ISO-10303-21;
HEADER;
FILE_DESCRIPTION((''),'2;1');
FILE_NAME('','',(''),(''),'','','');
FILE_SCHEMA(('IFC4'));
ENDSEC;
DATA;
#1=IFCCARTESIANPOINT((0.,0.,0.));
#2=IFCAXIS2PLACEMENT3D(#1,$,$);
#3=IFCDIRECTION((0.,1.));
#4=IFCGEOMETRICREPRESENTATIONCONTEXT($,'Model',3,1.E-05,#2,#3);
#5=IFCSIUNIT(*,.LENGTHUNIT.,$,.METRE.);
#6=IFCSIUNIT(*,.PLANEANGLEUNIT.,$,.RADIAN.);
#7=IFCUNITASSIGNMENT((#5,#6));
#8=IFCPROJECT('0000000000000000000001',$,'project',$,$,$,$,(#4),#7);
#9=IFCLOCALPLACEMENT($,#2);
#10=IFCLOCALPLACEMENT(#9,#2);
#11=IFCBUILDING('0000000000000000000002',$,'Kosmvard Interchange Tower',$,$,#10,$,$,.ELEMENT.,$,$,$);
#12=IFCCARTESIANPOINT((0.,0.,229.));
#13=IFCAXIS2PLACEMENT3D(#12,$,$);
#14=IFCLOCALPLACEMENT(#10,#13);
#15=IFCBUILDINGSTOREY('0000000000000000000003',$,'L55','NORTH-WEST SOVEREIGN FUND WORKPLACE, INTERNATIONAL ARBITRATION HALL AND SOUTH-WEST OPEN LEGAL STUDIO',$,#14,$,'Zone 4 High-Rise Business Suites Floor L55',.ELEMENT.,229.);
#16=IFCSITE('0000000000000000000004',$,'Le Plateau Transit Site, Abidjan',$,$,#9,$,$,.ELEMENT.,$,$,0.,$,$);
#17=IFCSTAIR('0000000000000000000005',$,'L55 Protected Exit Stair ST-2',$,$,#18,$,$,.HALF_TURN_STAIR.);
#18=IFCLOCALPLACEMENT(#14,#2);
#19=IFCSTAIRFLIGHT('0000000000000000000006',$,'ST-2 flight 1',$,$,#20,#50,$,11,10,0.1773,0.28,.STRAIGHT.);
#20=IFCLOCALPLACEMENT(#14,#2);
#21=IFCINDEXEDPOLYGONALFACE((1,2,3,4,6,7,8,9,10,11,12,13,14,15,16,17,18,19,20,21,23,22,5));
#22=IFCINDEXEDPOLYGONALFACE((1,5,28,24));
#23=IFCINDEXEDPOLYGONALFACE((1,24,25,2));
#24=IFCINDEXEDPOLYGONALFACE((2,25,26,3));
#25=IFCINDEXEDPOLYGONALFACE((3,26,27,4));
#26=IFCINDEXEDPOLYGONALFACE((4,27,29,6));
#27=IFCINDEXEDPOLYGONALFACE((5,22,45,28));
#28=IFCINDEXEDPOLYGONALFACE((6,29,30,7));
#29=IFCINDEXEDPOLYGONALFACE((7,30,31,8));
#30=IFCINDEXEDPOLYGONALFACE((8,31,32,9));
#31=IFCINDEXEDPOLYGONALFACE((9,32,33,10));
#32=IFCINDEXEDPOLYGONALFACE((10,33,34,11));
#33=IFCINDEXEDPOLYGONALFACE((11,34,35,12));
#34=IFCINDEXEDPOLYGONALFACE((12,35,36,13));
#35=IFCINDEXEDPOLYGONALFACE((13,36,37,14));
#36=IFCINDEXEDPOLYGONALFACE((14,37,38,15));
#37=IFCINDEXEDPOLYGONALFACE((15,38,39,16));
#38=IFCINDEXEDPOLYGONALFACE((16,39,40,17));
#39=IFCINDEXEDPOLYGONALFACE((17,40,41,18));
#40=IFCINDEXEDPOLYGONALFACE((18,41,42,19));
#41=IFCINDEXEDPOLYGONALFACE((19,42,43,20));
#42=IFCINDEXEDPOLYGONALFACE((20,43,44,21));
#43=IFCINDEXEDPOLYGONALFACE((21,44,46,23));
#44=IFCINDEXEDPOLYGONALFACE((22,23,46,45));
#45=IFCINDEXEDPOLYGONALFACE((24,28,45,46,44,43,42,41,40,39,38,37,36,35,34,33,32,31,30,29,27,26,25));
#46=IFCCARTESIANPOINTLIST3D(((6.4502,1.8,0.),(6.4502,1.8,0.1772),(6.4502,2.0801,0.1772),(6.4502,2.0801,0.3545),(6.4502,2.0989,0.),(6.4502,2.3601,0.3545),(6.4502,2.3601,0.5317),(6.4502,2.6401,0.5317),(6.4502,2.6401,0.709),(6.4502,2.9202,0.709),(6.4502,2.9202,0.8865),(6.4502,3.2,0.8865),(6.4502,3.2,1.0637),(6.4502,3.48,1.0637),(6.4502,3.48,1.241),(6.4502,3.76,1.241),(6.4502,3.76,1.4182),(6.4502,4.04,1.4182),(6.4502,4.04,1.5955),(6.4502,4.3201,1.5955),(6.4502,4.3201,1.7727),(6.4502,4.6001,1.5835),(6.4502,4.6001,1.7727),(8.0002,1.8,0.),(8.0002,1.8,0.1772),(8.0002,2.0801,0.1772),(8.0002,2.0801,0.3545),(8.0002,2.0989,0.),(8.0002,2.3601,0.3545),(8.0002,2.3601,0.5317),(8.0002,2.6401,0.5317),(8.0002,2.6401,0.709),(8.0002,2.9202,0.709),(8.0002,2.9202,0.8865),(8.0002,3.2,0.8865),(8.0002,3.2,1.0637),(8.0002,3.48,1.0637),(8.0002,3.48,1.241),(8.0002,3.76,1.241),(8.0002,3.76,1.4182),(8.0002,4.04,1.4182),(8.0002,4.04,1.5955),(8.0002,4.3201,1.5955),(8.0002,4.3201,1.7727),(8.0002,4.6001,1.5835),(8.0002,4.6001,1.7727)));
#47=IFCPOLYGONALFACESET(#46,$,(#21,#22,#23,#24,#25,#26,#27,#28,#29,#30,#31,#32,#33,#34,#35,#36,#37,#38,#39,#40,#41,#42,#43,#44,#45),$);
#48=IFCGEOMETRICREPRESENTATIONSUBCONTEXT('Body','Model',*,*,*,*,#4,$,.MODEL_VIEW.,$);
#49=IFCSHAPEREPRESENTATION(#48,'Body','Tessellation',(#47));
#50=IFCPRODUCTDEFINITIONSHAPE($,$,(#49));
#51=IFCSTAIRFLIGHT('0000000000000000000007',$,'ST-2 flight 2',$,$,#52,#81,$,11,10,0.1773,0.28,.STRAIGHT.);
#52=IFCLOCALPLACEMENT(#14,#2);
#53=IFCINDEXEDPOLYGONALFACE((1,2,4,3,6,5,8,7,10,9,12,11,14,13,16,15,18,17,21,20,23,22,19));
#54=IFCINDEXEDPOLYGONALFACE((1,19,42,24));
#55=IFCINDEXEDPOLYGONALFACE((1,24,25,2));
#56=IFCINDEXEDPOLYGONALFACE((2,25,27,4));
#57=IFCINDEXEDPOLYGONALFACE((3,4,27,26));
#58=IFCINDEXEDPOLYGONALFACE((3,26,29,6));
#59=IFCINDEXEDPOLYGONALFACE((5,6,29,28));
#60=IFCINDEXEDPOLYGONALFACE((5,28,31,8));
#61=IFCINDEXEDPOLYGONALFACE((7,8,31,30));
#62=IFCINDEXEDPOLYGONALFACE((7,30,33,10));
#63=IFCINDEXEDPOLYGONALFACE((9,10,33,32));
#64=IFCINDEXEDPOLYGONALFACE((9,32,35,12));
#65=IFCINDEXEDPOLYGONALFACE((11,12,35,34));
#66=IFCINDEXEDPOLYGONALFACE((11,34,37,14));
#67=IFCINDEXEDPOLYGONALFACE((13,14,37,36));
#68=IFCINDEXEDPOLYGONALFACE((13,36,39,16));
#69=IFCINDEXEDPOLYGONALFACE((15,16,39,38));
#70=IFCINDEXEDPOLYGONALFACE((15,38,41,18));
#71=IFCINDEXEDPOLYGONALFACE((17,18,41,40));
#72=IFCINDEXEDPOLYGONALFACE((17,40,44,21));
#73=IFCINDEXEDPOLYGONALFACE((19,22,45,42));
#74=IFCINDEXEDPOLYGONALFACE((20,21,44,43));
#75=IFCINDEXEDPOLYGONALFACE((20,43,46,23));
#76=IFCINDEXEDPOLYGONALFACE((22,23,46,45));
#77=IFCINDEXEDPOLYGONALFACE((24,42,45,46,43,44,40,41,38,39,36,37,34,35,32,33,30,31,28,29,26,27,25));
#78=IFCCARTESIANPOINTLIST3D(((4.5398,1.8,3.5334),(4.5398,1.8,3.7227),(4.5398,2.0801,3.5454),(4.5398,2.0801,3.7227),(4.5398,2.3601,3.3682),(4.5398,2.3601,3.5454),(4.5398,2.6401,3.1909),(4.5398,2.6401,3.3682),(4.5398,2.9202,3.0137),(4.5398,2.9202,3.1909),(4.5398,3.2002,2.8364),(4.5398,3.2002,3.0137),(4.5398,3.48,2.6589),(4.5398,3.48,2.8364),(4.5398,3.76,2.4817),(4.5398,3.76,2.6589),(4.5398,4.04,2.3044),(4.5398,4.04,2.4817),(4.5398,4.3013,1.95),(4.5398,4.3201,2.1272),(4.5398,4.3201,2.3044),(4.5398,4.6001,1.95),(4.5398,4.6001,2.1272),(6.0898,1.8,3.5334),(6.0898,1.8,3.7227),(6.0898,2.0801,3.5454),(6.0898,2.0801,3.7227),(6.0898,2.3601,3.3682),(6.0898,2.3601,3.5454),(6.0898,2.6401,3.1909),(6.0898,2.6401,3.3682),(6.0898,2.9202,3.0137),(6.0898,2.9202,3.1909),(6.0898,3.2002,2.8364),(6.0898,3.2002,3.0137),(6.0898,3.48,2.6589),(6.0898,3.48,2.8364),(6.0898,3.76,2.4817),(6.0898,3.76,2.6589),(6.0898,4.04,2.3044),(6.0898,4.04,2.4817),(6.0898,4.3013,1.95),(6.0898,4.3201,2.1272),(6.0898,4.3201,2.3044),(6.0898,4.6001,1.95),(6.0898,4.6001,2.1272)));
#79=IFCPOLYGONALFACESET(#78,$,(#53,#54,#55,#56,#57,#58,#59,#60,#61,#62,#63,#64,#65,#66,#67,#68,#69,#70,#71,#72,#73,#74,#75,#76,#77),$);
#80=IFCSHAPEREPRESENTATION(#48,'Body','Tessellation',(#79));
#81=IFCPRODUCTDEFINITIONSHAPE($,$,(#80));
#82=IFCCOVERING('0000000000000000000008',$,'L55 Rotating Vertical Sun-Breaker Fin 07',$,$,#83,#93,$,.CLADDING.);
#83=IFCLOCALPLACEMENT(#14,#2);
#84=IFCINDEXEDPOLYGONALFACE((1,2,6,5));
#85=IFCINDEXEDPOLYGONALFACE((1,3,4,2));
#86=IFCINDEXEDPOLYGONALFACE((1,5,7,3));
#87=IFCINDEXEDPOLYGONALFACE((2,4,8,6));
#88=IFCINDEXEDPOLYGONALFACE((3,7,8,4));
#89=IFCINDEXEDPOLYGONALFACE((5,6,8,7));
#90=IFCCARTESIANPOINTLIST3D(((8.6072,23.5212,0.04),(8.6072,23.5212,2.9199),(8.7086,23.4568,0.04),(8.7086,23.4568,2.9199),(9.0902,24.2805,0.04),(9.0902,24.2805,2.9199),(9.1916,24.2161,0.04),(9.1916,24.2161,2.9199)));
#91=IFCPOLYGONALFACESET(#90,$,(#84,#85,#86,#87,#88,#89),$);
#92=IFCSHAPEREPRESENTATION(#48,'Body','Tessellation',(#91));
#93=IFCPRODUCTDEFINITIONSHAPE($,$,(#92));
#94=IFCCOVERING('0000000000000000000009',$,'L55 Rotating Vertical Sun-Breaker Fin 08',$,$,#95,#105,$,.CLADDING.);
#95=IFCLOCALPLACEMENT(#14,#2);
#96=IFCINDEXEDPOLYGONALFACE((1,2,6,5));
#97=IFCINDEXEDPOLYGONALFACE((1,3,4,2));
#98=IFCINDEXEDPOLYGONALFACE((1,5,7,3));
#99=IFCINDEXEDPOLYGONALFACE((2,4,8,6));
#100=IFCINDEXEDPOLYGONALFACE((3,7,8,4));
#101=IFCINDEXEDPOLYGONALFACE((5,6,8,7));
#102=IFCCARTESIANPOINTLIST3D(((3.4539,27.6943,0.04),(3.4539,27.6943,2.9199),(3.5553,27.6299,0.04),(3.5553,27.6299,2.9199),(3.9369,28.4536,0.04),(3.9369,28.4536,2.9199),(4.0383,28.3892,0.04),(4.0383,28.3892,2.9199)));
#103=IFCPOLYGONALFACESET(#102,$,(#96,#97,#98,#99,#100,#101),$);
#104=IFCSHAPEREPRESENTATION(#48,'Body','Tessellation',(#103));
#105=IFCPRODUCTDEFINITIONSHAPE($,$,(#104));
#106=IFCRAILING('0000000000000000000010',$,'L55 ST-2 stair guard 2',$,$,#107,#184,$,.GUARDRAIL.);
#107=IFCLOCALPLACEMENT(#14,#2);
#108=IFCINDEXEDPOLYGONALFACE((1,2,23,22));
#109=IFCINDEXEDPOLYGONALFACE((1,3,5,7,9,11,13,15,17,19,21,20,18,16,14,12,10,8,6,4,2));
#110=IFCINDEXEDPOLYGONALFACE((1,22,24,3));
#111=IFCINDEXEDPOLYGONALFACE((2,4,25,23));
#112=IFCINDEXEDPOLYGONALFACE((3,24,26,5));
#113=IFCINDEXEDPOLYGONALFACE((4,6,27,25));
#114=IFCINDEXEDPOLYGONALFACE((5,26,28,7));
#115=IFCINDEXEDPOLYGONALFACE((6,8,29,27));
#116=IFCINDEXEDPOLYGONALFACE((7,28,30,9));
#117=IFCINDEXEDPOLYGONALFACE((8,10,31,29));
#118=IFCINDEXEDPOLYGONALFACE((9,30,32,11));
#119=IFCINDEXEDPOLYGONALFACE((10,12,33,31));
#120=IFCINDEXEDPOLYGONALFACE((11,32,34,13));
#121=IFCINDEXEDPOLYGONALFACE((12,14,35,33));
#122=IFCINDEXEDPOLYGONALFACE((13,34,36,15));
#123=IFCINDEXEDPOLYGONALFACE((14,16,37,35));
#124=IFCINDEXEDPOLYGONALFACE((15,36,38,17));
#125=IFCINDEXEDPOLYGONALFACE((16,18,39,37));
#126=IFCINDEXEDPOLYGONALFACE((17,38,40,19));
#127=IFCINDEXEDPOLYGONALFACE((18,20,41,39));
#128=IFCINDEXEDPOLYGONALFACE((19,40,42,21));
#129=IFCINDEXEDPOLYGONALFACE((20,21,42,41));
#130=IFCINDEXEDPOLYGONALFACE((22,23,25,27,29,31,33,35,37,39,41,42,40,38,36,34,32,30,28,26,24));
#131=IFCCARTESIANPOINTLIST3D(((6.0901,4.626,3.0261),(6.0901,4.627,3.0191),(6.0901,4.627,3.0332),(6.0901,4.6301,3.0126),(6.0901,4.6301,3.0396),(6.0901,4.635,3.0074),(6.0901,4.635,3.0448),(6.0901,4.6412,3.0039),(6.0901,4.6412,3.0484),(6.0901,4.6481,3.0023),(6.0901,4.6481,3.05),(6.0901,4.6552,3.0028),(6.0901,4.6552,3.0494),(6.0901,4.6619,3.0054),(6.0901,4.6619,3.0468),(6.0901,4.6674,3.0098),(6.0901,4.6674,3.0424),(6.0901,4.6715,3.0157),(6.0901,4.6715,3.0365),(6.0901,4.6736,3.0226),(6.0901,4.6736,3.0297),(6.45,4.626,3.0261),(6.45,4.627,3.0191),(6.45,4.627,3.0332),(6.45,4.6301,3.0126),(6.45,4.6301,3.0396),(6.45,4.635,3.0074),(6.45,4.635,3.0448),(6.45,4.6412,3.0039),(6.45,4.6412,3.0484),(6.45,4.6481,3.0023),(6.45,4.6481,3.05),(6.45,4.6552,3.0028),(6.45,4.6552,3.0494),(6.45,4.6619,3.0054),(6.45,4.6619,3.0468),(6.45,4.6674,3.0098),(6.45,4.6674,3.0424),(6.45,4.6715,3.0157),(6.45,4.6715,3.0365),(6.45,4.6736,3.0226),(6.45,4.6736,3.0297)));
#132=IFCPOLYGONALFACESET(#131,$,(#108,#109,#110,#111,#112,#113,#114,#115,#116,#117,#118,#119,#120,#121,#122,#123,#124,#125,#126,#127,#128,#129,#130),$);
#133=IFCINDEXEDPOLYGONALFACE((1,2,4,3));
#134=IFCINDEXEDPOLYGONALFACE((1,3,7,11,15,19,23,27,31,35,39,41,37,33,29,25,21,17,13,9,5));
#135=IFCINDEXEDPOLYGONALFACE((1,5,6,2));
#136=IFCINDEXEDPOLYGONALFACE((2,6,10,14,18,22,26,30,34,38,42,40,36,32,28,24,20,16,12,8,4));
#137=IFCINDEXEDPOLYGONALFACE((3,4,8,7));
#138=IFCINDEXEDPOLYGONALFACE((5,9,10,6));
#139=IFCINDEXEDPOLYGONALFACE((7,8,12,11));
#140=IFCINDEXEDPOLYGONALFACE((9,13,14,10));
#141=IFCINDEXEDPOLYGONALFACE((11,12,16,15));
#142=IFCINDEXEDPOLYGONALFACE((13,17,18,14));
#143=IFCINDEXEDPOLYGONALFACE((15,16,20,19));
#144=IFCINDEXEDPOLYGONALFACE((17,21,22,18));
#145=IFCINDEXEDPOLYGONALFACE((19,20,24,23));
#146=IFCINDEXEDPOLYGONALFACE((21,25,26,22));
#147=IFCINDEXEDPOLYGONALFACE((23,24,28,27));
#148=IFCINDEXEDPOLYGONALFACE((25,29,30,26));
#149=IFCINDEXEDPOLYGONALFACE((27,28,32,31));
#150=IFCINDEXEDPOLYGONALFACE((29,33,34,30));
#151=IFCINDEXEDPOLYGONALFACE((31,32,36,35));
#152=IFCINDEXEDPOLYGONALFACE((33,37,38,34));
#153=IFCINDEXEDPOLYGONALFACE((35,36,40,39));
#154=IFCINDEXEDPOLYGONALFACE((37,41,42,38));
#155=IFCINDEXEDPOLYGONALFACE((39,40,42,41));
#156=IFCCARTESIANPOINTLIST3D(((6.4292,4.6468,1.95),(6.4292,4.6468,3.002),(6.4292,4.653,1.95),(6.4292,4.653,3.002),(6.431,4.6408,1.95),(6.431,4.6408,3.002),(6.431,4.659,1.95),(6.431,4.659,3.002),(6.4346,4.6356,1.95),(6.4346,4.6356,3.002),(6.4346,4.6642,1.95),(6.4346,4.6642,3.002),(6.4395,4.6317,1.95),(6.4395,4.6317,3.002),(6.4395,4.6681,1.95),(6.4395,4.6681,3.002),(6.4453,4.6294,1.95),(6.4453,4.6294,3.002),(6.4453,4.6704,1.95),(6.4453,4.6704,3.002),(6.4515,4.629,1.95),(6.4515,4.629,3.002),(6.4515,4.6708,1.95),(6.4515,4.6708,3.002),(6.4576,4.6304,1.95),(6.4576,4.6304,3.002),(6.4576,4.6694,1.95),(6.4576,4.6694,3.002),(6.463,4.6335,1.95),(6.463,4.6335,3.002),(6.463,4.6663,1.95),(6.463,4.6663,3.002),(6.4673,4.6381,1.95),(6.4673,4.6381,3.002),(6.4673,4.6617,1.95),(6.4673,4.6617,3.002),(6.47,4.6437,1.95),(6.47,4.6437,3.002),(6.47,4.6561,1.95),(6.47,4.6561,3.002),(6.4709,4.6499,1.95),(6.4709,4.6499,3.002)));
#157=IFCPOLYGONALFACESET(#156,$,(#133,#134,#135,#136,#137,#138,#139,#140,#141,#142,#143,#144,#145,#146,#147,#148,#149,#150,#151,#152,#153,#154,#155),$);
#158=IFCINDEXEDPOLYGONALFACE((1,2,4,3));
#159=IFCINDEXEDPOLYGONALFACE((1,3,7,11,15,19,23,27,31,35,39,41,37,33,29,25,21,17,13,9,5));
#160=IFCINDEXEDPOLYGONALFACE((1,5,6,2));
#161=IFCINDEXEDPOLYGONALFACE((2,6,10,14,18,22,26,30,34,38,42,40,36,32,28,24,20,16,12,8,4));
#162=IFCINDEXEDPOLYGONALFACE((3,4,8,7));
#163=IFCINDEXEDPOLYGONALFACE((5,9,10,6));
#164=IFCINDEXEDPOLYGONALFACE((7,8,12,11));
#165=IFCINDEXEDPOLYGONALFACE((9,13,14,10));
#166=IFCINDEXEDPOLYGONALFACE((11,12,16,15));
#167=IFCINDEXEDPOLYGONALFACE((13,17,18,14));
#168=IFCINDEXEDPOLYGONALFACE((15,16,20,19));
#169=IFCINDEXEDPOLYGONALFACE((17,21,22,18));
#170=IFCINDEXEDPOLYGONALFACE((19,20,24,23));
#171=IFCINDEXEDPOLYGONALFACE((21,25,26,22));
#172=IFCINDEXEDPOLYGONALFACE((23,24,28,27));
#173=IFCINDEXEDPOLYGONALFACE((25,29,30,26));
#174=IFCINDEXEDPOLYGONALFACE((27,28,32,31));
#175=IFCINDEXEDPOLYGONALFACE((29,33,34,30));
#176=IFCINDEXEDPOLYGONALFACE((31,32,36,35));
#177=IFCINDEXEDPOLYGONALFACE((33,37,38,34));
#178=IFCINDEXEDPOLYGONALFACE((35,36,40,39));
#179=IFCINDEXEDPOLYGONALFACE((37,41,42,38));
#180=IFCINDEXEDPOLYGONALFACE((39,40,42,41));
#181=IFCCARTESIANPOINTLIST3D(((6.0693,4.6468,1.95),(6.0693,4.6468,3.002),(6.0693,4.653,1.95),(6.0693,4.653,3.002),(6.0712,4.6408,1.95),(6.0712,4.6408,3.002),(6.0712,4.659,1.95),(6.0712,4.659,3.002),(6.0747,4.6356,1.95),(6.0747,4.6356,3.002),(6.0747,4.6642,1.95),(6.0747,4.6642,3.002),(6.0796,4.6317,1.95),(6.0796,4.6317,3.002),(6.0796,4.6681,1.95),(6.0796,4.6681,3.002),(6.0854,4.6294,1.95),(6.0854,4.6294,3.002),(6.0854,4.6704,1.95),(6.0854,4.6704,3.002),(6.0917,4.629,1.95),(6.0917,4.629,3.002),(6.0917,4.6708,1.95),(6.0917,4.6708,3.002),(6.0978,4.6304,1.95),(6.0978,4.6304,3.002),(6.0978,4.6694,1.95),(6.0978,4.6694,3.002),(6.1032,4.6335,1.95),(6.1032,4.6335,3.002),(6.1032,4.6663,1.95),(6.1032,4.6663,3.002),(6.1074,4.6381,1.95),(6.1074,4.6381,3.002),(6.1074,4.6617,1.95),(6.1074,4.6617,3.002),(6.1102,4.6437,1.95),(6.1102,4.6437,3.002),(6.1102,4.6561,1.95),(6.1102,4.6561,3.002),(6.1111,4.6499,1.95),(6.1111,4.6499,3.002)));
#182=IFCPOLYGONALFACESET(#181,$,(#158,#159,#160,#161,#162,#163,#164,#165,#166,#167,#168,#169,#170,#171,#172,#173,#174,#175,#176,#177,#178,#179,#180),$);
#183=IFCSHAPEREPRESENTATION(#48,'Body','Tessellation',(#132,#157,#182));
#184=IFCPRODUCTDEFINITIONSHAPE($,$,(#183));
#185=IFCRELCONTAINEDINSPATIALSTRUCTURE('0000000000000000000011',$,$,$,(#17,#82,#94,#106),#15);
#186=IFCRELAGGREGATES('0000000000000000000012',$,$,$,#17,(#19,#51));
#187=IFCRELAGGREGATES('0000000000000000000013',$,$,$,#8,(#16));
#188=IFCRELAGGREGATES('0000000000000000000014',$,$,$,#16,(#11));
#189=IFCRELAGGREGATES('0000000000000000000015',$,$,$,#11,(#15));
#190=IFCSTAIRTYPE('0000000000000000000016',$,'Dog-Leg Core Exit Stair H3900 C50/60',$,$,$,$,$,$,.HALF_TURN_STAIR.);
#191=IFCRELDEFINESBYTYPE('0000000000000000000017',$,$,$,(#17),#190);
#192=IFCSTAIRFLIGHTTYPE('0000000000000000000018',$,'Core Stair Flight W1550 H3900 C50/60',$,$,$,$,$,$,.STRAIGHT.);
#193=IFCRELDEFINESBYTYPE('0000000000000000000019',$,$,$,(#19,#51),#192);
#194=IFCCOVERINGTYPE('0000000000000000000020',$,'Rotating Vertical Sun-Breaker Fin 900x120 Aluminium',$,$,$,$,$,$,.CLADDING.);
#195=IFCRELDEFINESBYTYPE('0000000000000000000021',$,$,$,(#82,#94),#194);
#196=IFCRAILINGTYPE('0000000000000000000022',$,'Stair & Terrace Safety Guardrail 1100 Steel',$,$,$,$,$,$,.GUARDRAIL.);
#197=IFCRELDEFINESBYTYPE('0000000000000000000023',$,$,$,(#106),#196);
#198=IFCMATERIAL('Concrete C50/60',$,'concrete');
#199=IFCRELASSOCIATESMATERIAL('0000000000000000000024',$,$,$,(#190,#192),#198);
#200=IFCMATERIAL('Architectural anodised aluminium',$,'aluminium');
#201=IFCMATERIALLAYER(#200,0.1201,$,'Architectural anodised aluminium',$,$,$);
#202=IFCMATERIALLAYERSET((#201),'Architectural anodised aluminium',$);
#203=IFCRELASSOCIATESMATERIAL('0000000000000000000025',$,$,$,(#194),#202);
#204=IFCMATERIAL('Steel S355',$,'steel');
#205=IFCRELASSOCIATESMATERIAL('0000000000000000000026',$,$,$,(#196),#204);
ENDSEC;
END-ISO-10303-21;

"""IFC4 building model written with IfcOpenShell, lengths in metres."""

from ifc_helpers import new_model, si_unit, direction, frame, origin, origin_2d, place, context, subcontext, project, spatial, polyline, rectangle, circle, outline, extrude, source, transform, mapped, material, layer, layer_set, type_object, element, aggregate, save


model = new_model("IFC4")

# Units and contexts
model_context = context("Model", 3, precision=1e-05, world=origin(), true_north=direction((0.0, 1.0)))
body_context = subcontext(model_context, "Body", "Model", "MODEL_VIEW")
ifc_project = project(units=[si_unit("LENGTHUNIT", "METRE"), si_unit("PLANEANGLEUNIT", "RADIAN")], contexts=[model_context])

# Site, building, storey
site_placement = place(None, origin())
site = spatial("IfcSite", under=ifc_project, at=site_placement, Name="Le Plateau Transit Site, Abidjan", CompositionType="ELEMENT", RefElevation=0.0)
building_placement = place(site_placement, origin())
building = spatial("IfcBuilding", under=site, at=building_placement, Name="Kosmvard Interchange Tower", CompositionType="ELEMENT")
storey_placement = place(building_placement, frame((0.0, 0.0, 229.0)))
storey = spatial("IfcBuildingStorey", under=building, at=storey_placement, Name="L55", Description="NORTH-WEST SOVEREIGN FUND WORKPLACE, INTERNATIONAL ARBITRATION HALL AND SOUTH-WEST OPEN LEGAL STUDIO", LongName="Zone 4 High-Rise Business Suites Floor L55", CompositionType="ELEMENT", Elevation=229.0)

# Shared definitions
ifc_material_1 = material(Name="Concrete C50/60", Category="concrete")

# Shared definitions
ifc_material_2 = material(Name="Steel S355", Category="steel")

# Stair, stair flights
stair_type = type_object("IfcStairType", Name="Dog-Leg Core Exit Stair H3900 C50/60", PredefinedType="HALF_TURN_STAIR", material=ifc_material_1)
stair_placement = place(storey_placement, origin())
stair = element("IfcStair", 1, at=stair_placement, inside=storey, type_object=stair_type, Name="L55 Protected Exit Stair ST-2", PredefinedType="HALF_TURN_STAIR")
stair_flight_type = type_object("IfcStairFlightType", Name="Core Stair Flight W1550 H3900 C50/60", PredefinedType="STRAIGHT", material=ifc_material_1)
shared_shape_1 = source(origin(), body_context, "Body", "SweptSolid", [
    extrude(outline(polyline([(0.0, 0.0), (0.0, 0.1772), (0.28, 0.1772), (0.28, 0.3545), (0.5601, 0.3545), (0.5601, 0.5317), (0.8401, 0.5317), (0.8401, 0.709), (1.1201, 0.709), (1.1201, 0.8865), (1.3999, 0.8865), (1.3999, 1.0637), (1.6799, 1.0637), (1.6799, 1.241), (1.96, 1.241), (1.96, 1.4182), (2.24, 1.4182), (2.24, 1.5955), (2.52, 1.5955), (2.52, 1.7727), (2.8, 1.7727), (2.8, 1.95), (2.8, 1.5835), (0.2988, 0.0), (0.0, 0.0)])), frame((0.0, 0.7749, 0.0), z_axis=(0.0, -1.0, 0.0), x_axis=(1.0, 0.0, 0.0)), (0.0, 0.0, 1.0), 1.55),
])
stair_flight_1_placement = place(storey_placement, frame((7.2251, 1.8, 0.0), z_axis=(0.0, 0.0, 1.0), x_axis=(0.0, 1.0, 0.0)))
stair_flight_1 = element("IfcStairFlight", 2, at=stair_flight_1_placement, type_object=stair_flight_type, Name="ST-2 flight 1", NumberOfRisers=11, NumberOfTreads=10, PredefinedType="STRAIGHT", RiserHeight=0.1773, TreadLength=0.28, context=body_context, shape_type="MappedRepresentation", body=[
    mapped(shared_shape_1, transform((0.0, 0.0, 0.0), scale=1.0)),
])
stair_flight_2_placement = place(storey_placement, frame((5.3149, 4.6001, 1.95), z_axis=(0.0, 0.0, 1.0), x_axis=(0.0, -1.0, 0.0)))
stair_flight_2 = element("IfcStairFlight", 3, at=stair_flight_2_placement, type_object=stair_flight_type, Name="ST-2 flight 2", NumberOfRisers=11, NumberOfTreads=10, PredefinedType="STRAIGHT", RiserHeight=0.1773, TreadLength=0.28, context=body_context, shape_type="MappedRepresentation", body=[
    mapped(shared_shape_1, transform((0.0, 0.0, 0.0), scale=1.0)),
])
aggregate(stair, [stair_flight_1, stair_flight_2])

# Coverings
ifc_material_3 = material(Name="Architectural anodised aluminium", Category="aluminium")
ifc_layer_1 = layer(ifc_material_3, 0.1201, Name="Architectural anodised aluminium")
ifc_layer_set_1 = layer_set([ifc_layer_1], Name="Architectural anodised aluminium")
covering_type = type_object("IfcCoveringType", Name="Rotating Vertical Sun-Breaker Fin 900x120 Aluminium", PredefinedType="CLADDING", material=ifc_layer_set_1)
shared_shape_2 = source(origin(), body_context, "Body", "SweptSolid", [
    extrude(rectangle(XDim=0.8999, YDim=0.1201, at=origin_2d()), origin(), (0.0, 0.0, 1.0), 2.8799),
])
for number, where, z_axis, x_axis, name in (
    (4, (8.8994, 23.8687, 0.04), (0.0, 0.0, 1.0), (0.536711, 0.843766, 0.0), "L55 Rotating Vertical Sun-Breaker Fin 07"),
    (5, (3.7461, 28.0417, 0.04), (0.0, 0.0, 1.0), (0.536711, 0.843766, 0.0), "L55 Rotating Vertical Sun-Breaker Fin 08"),
):
    element("IfcCovering", number, at=place(storey_placement, frame(where, z_axis=z_axis, x_axis=x_axis)), inside=storey, type_object=covering_type, Name=name, PredefinedType="CLADDING", context=body_context, shape_type="MappedRepresentation", body=[
        mapped(shared_shape_2, transform((0.0, 0.0, 0.0), scale=1.0)),
    ])

# Railing
railing_type_1 = type_object("IfcRailingType", Name="Stair & Terrace Safety Guardrail 1100 Steel", PredefinedType="GUARDRAIL", material=ifc_material_2)
shared_shape_3 = source(origin(), body_context, "Body", "SweptSolid", [
    extrude(circle(Radius=0.0239, at=origin_2d()), frame((0.0, 0.0, 1.0762), z_axis=(-1.0, 0.0, 0.0), x_axis=(0.0, -1.0, 0.0)), (0.0, 0.0, 1.0), 0.3599),
    extrude(circle(Radius=0.021, at=origin_2d()), origin(), (0.0, 0.0, 1.0), 1.052),
    extrude(circle(Radius=0.021, at=origin_2d()), frame((-0.3599, 0.0, 0.0)), (0.0, 0.0, 1.0), 1.052),
])
for number, where, name in (
    (6, (6.45, 4.6499, 1.95), "L55 ST-2 stair guard 2"),
):
    element("IfcRailing", number, at=place(storey_placement, frame(where)), inside=storey, type_object=railing_type_1, Name=name, PredefinedType="GUARDRAIL", context=body_context, shape_type="MappedRepresentation", body=[
        mapped(shared_shape_3, transform((0.0, 0.0, 0.0), scale=1.0)),
    ])

save(model, "model.ifc")
